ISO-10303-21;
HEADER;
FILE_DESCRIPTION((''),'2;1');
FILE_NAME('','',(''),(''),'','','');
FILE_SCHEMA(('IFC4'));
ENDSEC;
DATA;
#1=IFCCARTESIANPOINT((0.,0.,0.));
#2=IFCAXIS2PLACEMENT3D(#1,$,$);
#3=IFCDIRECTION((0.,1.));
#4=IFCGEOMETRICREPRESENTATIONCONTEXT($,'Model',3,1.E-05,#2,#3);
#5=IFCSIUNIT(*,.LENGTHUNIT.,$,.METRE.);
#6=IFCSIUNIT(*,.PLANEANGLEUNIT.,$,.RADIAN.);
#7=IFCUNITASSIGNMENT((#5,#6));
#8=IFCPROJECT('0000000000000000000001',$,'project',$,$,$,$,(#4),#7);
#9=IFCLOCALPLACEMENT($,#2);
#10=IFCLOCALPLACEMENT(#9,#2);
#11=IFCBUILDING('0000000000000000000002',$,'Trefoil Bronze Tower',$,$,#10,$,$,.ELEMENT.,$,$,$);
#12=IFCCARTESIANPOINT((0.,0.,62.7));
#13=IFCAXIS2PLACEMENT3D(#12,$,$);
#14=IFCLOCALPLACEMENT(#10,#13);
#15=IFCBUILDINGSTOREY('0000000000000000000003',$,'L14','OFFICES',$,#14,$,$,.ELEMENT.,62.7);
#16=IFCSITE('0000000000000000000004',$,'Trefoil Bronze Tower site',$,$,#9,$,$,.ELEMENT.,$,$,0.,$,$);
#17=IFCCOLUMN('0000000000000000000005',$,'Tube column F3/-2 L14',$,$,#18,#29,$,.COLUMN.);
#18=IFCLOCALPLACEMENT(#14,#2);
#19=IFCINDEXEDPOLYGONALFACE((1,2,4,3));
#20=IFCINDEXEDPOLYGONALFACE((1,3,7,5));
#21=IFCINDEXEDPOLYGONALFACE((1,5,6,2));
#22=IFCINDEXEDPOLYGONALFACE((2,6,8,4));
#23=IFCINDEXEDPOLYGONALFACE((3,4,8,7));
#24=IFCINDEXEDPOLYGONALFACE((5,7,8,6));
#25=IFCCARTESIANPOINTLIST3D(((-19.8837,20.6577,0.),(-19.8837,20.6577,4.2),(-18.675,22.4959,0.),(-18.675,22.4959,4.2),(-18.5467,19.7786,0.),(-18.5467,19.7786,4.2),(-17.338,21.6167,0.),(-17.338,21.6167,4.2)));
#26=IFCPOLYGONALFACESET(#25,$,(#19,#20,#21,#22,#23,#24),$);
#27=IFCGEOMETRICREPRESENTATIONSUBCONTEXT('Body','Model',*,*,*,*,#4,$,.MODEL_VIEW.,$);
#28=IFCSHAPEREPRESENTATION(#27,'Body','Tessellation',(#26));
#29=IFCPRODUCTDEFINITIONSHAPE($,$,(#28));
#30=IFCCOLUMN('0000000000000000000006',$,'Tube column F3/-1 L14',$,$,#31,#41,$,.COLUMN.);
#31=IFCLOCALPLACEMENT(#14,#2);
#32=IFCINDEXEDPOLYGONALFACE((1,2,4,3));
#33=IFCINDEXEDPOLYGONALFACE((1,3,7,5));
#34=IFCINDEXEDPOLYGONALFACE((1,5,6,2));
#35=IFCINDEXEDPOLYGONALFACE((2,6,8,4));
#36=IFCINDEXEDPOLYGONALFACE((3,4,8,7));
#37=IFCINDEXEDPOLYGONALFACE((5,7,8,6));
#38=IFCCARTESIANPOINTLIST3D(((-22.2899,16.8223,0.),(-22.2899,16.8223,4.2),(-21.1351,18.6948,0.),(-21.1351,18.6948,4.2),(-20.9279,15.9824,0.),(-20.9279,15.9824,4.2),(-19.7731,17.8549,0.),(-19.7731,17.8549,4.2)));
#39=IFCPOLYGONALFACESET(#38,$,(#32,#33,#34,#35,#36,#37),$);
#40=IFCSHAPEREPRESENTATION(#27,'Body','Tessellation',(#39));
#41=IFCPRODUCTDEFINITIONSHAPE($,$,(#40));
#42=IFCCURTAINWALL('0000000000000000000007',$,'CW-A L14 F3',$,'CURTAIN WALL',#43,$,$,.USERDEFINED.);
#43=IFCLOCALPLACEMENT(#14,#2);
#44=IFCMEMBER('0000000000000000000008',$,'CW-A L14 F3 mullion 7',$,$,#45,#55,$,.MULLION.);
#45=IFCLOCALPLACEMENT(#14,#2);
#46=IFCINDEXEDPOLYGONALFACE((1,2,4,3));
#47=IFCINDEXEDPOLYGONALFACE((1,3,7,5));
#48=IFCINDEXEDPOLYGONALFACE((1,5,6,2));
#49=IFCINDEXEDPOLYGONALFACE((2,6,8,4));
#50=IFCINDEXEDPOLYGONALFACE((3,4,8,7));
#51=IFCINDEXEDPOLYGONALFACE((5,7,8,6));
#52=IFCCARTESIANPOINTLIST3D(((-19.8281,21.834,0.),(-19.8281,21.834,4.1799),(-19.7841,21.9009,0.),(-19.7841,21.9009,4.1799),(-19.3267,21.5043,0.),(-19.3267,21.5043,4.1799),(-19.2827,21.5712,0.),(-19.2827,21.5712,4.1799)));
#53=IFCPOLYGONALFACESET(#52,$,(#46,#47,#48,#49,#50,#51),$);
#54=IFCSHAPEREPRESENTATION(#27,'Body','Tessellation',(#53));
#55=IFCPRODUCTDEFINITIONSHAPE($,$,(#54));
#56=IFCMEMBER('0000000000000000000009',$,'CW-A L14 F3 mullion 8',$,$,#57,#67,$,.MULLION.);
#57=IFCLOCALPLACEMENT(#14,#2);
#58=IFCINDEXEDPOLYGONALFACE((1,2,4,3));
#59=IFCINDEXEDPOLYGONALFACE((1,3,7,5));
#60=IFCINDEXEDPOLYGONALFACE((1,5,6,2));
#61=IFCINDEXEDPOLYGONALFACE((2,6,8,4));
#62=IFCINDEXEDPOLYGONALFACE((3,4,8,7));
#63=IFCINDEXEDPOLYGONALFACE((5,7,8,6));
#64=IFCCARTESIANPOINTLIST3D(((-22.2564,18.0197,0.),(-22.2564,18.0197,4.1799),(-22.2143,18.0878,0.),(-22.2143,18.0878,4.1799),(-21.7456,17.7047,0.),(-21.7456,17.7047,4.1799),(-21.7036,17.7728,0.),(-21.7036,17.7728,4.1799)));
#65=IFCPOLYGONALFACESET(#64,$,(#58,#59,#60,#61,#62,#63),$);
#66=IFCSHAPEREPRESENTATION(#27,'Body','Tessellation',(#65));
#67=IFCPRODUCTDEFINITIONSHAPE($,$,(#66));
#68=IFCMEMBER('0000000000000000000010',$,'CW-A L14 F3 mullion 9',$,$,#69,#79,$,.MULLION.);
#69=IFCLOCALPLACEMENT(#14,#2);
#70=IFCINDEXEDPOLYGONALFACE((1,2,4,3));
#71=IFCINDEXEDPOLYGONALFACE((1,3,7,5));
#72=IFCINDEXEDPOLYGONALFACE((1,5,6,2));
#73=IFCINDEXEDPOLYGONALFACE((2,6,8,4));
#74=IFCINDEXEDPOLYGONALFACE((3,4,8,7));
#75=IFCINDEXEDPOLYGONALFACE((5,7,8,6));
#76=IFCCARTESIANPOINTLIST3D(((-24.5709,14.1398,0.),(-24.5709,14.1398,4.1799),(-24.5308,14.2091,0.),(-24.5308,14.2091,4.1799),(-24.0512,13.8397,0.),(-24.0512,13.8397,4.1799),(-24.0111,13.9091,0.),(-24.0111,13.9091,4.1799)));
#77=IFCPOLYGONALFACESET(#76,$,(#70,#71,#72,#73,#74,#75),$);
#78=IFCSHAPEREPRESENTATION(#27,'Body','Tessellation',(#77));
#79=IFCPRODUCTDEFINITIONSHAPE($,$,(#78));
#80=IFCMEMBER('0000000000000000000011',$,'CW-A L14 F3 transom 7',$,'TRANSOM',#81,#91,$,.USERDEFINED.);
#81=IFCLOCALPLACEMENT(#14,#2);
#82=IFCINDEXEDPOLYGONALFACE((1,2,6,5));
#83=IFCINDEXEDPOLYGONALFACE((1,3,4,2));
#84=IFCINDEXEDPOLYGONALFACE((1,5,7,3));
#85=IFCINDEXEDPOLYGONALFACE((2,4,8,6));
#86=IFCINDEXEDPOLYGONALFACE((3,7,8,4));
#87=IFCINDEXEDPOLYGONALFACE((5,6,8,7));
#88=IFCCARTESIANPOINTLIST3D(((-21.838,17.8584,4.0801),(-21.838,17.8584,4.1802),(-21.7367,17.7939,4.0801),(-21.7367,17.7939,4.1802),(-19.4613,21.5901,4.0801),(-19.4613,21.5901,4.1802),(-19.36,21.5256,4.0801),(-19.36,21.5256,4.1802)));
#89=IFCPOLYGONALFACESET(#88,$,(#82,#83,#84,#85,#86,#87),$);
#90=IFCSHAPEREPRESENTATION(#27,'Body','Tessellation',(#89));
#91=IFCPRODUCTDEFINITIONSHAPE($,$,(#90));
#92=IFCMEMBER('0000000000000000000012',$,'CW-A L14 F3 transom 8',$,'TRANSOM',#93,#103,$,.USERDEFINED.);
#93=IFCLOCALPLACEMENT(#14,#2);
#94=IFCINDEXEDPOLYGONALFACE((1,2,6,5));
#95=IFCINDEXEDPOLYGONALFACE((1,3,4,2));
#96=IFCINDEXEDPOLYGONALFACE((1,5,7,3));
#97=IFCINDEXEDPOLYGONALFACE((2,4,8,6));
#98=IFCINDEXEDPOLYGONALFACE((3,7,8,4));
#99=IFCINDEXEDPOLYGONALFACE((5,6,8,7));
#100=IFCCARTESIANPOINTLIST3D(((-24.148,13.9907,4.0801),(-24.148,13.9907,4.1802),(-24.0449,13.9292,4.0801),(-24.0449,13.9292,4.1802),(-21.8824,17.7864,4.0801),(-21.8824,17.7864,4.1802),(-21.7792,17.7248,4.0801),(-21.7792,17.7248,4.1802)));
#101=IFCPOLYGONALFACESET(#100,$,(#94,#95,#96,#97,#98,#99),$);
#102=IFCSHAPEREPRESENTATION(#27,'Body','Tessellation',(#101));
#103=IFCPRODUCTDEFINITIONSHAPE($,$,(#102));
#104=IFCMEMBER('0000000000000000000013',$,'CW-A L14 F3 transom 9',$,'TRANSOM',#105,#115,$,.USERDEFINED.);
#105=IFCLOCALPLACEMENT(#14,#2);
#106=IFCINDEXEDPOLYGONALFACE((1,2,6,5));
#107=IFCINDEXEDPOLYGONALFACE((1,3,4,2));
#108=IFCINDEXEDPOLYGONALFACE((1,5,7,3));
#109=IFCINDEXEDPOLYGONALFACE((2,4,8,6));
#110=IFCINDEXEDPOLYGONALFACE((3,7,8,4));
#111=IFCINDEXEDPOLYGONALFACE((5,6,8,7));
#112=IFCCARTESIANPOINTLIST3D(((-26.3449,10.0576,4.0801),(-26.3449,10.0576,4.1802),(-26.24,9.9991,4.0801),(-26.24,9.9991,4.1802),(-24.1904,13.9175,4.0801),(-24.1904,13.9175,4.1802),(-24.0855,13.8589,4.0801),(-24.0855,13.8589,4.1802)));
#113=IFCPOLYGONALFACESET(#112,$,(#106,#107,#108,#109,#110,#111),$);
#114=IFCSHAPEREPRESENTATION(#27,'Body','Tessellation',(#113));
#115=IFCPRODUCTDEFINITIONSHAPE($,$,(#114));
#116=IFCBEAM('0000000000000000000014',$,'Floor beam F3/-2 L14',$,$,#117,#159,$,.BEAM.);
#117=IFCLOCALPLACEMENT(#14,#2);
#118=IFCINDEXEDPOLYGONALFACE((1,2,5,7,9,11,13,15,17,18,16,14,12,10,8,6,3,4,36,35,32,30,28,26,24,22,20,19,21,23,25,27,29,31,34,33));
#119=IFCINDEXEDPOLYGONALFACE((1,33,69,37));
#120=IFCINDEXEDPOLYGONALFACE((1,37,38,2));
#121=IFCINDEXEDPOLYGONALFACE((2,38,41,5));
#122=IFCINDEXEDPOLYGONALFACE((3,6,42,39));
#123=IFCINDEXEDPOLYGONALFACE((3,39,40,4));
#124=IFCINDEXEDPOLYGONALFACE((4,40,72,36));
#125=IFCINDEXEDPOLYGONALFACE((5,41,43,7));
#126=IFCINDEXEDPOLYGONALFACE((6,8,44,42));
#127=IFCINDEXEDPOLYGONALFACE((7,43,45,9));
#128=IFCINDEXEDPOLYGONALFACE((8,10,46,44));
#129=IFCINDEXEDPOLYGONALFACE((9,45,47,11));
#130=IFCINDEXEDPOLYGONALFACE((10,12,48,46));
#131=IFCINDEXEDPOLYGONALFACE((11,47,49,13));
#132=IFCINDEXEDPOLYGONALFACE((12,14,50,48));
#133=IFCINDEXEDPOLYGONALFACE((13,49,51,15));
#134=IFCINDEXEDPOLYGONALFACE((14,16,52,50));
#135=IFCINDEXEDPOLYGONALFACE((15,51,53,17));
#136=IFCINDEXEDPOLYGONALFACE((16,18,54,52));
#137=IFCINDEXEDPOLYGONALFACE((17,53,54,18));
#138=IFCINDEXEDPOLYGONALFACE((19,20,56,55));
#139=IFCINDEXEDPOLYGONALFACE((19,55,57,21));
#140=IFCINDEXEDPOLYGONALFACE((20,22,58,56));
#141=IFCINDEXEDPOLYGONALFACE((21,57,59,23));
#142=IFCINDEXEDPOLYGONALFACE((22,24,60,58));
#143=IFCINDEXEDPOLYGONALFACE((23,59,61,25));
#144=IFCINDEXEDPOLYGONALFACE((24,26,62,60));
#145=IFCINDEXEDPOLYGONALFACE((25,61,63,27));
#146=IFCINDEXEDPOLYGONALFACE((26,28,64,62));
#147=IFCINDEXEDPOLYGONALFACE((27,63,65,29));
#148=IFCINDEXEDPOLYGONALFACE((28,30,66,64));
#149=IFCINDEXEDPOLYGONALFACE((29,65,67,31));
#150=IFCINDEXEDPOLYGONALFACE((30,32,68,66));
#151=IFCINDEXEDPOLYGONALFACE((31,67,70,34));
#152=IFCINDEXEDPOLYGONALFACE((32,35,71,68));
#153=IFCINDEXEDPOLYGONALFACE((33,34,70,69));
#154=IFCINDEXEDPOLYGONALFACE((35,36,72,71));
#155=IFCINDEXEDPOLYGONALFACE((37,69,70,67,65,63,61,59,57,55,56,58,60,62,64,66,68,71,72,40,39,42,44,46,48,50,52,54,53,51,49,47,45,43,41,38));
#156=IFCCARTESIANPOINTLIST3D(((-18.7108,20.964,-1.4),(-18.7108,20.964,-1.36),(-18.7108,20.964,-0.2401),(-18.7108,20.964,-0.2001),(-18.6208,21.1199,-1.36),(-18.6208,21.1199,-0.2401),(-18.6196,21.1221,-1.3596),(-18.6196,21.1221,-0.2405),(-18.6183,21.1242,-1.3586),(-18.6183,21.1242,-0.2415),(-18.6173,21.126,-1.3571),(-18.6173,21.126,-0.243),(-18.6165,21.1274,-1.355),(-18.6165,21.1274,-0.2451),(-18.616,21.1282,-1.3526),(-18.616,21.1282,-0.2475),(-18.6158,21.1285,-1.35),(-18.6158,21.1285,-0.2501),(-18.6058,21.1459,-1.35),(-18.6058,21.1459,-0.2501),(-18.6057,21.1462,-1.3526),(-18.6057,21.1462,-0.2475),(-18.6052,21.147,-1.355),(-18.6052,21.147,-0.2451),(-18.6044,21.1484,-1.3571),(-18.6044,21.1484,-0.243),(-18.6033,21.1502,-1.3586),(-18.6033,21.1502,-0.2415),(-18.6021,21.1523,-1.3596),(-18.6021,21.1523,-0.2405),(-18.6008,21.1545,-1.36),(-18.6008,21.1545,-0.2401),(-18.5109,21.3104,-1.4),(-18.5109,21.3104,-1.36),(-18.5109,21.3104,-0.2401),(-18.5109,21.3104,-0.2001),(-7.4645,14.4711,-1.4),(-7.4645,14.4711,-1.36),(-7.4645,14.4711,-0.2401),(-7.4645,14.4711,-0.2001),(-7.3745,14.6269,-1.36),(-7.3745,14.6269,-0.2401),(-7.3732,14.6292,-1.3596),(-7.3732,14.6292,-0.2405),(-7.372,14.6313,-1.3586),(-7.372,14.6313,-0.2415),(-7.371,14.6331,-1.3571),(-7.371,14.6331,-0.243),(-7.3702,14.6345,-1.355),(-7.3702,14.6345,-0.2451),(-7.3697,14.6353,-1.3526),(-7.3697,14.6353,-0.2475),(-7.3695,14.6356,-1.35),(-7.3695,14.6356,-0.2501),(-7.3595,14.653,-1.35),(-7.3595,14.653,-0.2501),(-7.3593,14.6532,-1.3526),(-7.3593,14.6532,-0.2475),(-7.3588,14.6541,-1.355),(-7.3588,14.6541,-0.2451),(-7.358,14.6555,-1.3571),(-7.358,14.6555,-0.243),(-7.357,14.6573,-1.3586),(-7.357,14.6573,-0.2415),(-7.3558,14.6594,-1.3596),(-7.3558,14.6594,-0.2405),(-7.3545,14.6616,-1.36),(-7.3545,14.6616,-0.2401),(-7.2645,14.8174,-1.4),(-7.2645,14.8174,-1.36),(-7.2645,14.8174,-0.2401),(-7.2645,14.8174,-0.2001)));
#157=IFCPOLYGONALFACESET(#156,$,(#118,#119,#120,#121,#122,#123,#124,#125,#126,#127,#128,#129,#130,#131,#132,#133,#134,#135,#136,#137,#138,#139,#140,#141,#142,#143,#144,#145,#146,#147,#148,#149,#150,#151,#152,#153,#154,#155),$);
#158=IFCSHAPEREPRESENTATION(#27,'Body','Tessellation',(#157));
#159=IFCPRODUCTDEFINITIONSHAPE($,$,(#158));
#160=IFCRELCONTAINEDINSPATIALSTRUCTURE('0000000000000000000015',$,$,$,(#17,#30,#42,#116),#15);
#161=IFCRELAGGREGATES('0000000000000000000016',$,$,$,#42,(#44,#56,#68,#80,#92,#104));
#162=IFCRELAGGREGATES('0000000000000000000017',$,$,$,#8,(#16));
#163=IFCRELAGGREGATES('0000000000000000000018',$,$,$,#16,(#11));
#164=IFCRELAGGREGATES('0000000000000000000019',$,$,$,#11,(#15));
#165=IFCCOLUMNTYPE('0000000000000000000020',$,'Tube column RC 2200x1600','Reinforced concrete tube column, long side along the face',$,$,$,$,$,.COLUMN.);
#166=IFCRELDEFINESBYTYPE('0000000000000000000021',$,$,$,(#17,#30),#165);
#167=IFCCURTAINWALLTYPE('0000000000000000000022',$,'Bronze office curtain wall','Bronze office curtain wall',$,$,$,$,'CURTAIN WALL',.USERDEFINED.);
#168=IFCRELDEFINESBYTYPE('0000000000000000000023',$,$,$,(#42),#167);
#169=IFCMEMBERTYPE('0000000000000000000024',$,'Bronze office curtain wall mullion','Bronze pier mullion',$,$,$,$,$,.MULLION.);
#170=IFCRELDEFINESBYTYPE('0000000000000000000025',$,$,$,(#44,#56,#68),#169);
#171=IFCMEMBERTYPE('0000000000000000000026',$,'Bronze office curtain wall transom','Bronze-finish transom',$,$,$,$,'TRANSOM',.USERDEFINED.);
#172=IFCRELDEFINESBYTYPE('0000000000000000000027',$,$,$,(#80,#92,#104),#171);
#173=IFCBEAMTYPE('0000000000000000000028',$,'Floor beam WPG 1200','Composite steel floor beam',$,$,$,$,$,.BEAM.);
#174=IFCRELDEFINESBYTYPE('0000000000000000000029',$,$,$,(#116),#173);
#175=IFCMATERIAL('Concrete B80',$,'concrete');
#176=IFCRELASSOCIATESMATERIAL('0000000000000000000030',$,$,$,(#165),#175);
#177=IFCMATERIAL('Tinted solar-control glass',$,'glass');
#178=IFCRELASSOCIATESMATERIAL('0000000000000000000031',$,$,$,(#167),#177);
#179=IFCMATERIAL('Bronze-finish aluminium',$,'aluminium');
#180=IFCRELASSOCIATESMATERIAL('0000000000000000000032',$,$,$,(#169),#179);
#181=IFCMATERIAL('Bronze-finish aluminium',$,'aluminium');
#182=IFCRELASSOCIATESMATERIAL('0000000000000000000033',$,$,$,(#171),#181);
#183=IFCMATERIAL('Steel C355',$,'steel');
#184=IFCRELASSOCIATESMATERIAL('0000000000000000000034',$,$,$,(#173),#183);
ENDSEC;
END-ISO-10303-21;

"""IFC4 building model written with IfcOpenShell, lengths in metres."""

from ifc_helpers import new_model, si_unit, direction, frame, origin, origin_2d, place, context, subcontext, project, spatial, rectangle, i_section, extrude, material, material_profile, profile_set, type_object, element, aggregate, save


model = new_model("IFC4")

# Units and contexts
model_context = context("Model", 3, precision=1e-05, world=origin(), true_north=direction((0.0, 1.0)))
body_context = subcontext(model_context, "Body", "Model", "MODEL_VIEW")
ifc_project = project(units=[si_unit("LENGTHUNIT", "METRE"), si_unit("PLANEANGLEUNIT", "RADIAN")], contexts=[model_context])

# Site, building, storey
site_placement = place(None, origin())
site = spatial("IfcSite", under=ifc_project, at=site_placement, Name="Trefoil Bronze Tower site", CompositionType="ELEMENT", RefElevation=0.0)
building_placement = place(site_placement, origin())
building = spatial("IfcBuilding", under=site, at=building_placement, Name="Trefoil Bronze Tower", CompositionType="ELEMENT")
storey_placement = place(building_placement, frame((0.0, 0.0, 62.7)))
storey = spatial("IfcBuildingStorey", under=building, at=storey_placement, Name="L14", Description="OFFICES", CompositionType="ELEMENT", Elevation=62.7)

# Columns
ifc_material_1 = material(Name="Concrete B80", Category="concrete")
ifc_material_profile_1 = material_profile(ifc_material_1, rectangle(XDim=2.2, YDim=1.6001, at=origin_2d()), Name="RC 2200x1600")
ifc_profile_set_1 = profile_set([ifc_material_profile_1], Name="Concrete B80")
column_type = type_object("IfcColumnType", Name="Tube column RC 2200x1600", Description="Reinforced concrete tube column, long side along the face", PredefinedType="COLUMN", material=ifc_profile_set_1)
for number, where, z_axis, x_axis, name in (
    (1, (-18.6108, 21.1372, 0.0), (0.0, 0.0, 1.0), (-0.549424, -0.835544, 0.0), "Tube column F3/-2 L14"),
    (2, (-21.0315, 17.3386, 0.0), (0.0, 0.0, 1.0), (-0.524923, -0.85115, 0.0), "Tube column F3/-1 L14"),
):
    element("IfcColumn", number, at=place(storey_placement, frame(where, z_axis=z_axis, x_axis=x_axis)), inside=storey, type_object=column_type, Name=name, PredefinedType="COLUMN", context=body_context, shape_type="SweptSolid", body=[
        extrude(rectangle(XDim=2.2, YDim=1.6001, at=origin_2d()), origin(), (0.0, 0.0, 1.0), 4.2),
    ])

# Curtain wall, members
ifc_material_2 = material(Name="Tinted solar-control glass", Category="glass")
curtain_wall_type = type_object("IfcCurtainWallType", Name="Bronze office curtain wall", Description="Bronze office curtain wall", ElementType="CURTAIN WALL", PredefinedType="USERDEFINED", material=ifc_material_2)
curtain_wall_placement = place(storey_placement, origin())
curtain_wall = element("IfcCurtainWall", 3, at=curtain_wall_placement, inside=storey, type_object=curtain_wall_type, Name="CW-A L14 F3", ObjectType="CURTAIN WALL", PredefinedType="USERDEFINED")
ifc_material_3 = material(Name="Bronze-finish aluminium", Category="aluminium")
ifc_material_profile_2 = material_profile(ifc_material_3, rectangle(XDim=0.6001, YDim=0.0801, at=origin_2d()), Name="CW-A mullion")
ifc_profile_set_2 = profile_set([ifc_material_profile_2], Name="Bronze-finish aluminium")
member_type_1 = type_object("IfcMemberType", Name="Bronze office curtain wall mullion", Description="Bronze pier mullion", PredefinedType="MULLION", material=ifc_profile_set_2)
member_1_placement = place(storey_placement, frame((-19.5554, 21.7026, 0.0), z_axis=(0.0, 0.0, 1.0), x_axis=(0.835544, -0.549424, 0.0)))
member_1 = element("IfcMember", 4, at=member_1_placement, type_object=member_type_1, Name="CW-A L14 F3 mullion 7", PredefinedType="MULLION", context=body_context, shape_type="SweptSolid", body=[
    extrude(rectangle(XDim=0.6001, YDim=0.0801, at=origin_2d()), origin(), (0.0, 0.0, 1.0), 4.1799),
])
member_2_placement = place(storey_placement, frame((-21.98, 17.8962, 0.0), z_axis=(0.0, 0.0, 1.0), x_axis=(0.85115, -0.524923, 0.0)))
member_2 = element("IfcMember", 5, at=member_2_placement, type_object=member_type_1, Name="CW-A L14 F3 mullion 8", PredefinedType="MULLION", context=body_context, shape_type="SweptSolid", body=[
    extrude(rectangle(XDim=0.6001, YDim=0.0801, at=origin_2d()), origin(), (0.0, 0.0, 1.0), 4.1799),
])
member_3_placement = place(storey_placement, frame((-24.291, 14.0244, 0.0), z_axis=(0.0, 0.0, 1.0), x_axis=(0.866025, -0.5, 0.0)))
member_3 = element("IfcMember", 6, at=member_3_placement, type_object=member_type_1, Name="CW-A L14 F3 mullion 9", PredefinedType="MULLION", context=body_context, shape_type="SweptSolid", body=[
    extrude(rectangle(XDim=0.6001, YDim=0.0801, at=origin_2d()), origin(), (0.0, 0.0, 1.0), 4.1799),
])
ifc_material_4 = material(Name="Bronze-finish aluminium", Category="aluminium")
ifc_material_profile_3 = material_profile(ifc_material_4, rectangle(XDim=0.1201, YDim=0.1001, at=origin_2d()), Name="CW-A transom")
ifc_profile_set_3 = profile_set([ifc_material_profile_3], Name="Bronze-finish aluminium")
member_type_2 = type_object("IfcMemberType", Name="Bronze office curtain wall transom", Description="Bronze-finish transom", ElementType="TRANSOM", PredefinedType="USERDEFINED", material=ifc_profile_set_3)
member_4_placement = place(storey_placement, frame((-19.4106, 21.5579, 4.1301), z_axis=(-0.537197, -0.843457, 0.0), x_axis=(0.843457, -0.537197, 0.0)))
member_4 = element("IfcMember", 7, at=member_4_placement, type_object=member_type_2, Name="CW-A L14 F3 transom 7", ObjectType="TRANSOM", PredefinedType="USERDEFINED", context=body_context, shape_type="SweptSolid", body=[
    extrude(rectangle(XDim=0.1201, YDim=0.1001, at=origin_2d()), origin(), (0.0, 0.0, 1.0), 4.4243),
])
member_5_placement = place(storey_placement, frame((-21.8308, 17.7556, 4.1301), z_axis=(-0.512537, -0.858665, 0.0), x_axis=(0.858665, -0.512537, 0.0)))
member_5 = element("IfcMember", 8, at=member_5_placement, type_object=member_type_2, Name="CW-A L14 F3 transom 8", ObjectType="TRANSOM", PredefinedType="USERDEFINED", context=body_context, shape_type="SweptSolid", body=[
    extrude(rectangle(XDim=0.1201, YDim=0.1001, at=origin_2d()), origin(), (0.0, 0.0, 1.0), 4.4204),
])
member_6_placement = place(storey_placement, frame((-24.1379, 13.8882, 4.1301), z_axis=(-0.4874, -0.873179, 0.0), x_axis=(0.873179, -0.4874, 0.0)))
member_6 = element("IfcMember", 9, at=member_6_placement, type_object=member_type_2, Name="CW-A L14 F3 transom 9", ObjectType="TRANSOM", PredefinedType="USERDEFINED", context=body_context, shape_type="SweptSolid", body=[
    extrude(rectangle(XDim=0.1201, YDim=0.1001, at=origin_2d()), origin(), (0.0, 0.0, 1.0), 4.4204),
])

# Beam
ifc_material_5 = material(Name="Steel C355", Category="steel")
ifc_material_profile_4 = material_profile(ifc_material_5, i_section(OverallWidth=0.3999, OverallDepth=1.2, WebThickness=0.02, FlangeThickness=0.04, FilletRadius=0.01, at=origin_2d()), Name="WPG 1200")
ifc_profile_set_4 = profile_set([ifc_material_profile_4], Name="Steel C355")
beam_type_1 = type_object("IfcBeamType", Name="Floor beam WPG 1200", Description="Composite steel floor beam", PredefinedType="BEAM", material=ifc_profile_set_4)
beam_1_placement = place(storey_placement, frame((-18.6108, 21.1372, -0.8), z_axis=(0.866031, -0.499991, 0.0), x_axis=(0.499991, 0.866031, 0.0)))
element("IfcBeam", 10, at=beam_1_placement, inside=storey, type_object=beam_type_1, Name="Floor beam F3/-2 L14", PredefinedType="BEAM", context=body_context, shape_type="SweptSolid", body=[
    extrude(i_section(OverallWidth=0.3999, OverallDepth=1.2, WebThickness=0.02, FlangeThickness=0.04, FilletRadius=0.01, at=origin_2d()), origin(), (0.0, 0.0, 1.0), 12.9861),
])

aggregate(curtain_wall, [member_1, member_2, member_3, member_4, member_5, member_6])

save(model, "model.ifc")
